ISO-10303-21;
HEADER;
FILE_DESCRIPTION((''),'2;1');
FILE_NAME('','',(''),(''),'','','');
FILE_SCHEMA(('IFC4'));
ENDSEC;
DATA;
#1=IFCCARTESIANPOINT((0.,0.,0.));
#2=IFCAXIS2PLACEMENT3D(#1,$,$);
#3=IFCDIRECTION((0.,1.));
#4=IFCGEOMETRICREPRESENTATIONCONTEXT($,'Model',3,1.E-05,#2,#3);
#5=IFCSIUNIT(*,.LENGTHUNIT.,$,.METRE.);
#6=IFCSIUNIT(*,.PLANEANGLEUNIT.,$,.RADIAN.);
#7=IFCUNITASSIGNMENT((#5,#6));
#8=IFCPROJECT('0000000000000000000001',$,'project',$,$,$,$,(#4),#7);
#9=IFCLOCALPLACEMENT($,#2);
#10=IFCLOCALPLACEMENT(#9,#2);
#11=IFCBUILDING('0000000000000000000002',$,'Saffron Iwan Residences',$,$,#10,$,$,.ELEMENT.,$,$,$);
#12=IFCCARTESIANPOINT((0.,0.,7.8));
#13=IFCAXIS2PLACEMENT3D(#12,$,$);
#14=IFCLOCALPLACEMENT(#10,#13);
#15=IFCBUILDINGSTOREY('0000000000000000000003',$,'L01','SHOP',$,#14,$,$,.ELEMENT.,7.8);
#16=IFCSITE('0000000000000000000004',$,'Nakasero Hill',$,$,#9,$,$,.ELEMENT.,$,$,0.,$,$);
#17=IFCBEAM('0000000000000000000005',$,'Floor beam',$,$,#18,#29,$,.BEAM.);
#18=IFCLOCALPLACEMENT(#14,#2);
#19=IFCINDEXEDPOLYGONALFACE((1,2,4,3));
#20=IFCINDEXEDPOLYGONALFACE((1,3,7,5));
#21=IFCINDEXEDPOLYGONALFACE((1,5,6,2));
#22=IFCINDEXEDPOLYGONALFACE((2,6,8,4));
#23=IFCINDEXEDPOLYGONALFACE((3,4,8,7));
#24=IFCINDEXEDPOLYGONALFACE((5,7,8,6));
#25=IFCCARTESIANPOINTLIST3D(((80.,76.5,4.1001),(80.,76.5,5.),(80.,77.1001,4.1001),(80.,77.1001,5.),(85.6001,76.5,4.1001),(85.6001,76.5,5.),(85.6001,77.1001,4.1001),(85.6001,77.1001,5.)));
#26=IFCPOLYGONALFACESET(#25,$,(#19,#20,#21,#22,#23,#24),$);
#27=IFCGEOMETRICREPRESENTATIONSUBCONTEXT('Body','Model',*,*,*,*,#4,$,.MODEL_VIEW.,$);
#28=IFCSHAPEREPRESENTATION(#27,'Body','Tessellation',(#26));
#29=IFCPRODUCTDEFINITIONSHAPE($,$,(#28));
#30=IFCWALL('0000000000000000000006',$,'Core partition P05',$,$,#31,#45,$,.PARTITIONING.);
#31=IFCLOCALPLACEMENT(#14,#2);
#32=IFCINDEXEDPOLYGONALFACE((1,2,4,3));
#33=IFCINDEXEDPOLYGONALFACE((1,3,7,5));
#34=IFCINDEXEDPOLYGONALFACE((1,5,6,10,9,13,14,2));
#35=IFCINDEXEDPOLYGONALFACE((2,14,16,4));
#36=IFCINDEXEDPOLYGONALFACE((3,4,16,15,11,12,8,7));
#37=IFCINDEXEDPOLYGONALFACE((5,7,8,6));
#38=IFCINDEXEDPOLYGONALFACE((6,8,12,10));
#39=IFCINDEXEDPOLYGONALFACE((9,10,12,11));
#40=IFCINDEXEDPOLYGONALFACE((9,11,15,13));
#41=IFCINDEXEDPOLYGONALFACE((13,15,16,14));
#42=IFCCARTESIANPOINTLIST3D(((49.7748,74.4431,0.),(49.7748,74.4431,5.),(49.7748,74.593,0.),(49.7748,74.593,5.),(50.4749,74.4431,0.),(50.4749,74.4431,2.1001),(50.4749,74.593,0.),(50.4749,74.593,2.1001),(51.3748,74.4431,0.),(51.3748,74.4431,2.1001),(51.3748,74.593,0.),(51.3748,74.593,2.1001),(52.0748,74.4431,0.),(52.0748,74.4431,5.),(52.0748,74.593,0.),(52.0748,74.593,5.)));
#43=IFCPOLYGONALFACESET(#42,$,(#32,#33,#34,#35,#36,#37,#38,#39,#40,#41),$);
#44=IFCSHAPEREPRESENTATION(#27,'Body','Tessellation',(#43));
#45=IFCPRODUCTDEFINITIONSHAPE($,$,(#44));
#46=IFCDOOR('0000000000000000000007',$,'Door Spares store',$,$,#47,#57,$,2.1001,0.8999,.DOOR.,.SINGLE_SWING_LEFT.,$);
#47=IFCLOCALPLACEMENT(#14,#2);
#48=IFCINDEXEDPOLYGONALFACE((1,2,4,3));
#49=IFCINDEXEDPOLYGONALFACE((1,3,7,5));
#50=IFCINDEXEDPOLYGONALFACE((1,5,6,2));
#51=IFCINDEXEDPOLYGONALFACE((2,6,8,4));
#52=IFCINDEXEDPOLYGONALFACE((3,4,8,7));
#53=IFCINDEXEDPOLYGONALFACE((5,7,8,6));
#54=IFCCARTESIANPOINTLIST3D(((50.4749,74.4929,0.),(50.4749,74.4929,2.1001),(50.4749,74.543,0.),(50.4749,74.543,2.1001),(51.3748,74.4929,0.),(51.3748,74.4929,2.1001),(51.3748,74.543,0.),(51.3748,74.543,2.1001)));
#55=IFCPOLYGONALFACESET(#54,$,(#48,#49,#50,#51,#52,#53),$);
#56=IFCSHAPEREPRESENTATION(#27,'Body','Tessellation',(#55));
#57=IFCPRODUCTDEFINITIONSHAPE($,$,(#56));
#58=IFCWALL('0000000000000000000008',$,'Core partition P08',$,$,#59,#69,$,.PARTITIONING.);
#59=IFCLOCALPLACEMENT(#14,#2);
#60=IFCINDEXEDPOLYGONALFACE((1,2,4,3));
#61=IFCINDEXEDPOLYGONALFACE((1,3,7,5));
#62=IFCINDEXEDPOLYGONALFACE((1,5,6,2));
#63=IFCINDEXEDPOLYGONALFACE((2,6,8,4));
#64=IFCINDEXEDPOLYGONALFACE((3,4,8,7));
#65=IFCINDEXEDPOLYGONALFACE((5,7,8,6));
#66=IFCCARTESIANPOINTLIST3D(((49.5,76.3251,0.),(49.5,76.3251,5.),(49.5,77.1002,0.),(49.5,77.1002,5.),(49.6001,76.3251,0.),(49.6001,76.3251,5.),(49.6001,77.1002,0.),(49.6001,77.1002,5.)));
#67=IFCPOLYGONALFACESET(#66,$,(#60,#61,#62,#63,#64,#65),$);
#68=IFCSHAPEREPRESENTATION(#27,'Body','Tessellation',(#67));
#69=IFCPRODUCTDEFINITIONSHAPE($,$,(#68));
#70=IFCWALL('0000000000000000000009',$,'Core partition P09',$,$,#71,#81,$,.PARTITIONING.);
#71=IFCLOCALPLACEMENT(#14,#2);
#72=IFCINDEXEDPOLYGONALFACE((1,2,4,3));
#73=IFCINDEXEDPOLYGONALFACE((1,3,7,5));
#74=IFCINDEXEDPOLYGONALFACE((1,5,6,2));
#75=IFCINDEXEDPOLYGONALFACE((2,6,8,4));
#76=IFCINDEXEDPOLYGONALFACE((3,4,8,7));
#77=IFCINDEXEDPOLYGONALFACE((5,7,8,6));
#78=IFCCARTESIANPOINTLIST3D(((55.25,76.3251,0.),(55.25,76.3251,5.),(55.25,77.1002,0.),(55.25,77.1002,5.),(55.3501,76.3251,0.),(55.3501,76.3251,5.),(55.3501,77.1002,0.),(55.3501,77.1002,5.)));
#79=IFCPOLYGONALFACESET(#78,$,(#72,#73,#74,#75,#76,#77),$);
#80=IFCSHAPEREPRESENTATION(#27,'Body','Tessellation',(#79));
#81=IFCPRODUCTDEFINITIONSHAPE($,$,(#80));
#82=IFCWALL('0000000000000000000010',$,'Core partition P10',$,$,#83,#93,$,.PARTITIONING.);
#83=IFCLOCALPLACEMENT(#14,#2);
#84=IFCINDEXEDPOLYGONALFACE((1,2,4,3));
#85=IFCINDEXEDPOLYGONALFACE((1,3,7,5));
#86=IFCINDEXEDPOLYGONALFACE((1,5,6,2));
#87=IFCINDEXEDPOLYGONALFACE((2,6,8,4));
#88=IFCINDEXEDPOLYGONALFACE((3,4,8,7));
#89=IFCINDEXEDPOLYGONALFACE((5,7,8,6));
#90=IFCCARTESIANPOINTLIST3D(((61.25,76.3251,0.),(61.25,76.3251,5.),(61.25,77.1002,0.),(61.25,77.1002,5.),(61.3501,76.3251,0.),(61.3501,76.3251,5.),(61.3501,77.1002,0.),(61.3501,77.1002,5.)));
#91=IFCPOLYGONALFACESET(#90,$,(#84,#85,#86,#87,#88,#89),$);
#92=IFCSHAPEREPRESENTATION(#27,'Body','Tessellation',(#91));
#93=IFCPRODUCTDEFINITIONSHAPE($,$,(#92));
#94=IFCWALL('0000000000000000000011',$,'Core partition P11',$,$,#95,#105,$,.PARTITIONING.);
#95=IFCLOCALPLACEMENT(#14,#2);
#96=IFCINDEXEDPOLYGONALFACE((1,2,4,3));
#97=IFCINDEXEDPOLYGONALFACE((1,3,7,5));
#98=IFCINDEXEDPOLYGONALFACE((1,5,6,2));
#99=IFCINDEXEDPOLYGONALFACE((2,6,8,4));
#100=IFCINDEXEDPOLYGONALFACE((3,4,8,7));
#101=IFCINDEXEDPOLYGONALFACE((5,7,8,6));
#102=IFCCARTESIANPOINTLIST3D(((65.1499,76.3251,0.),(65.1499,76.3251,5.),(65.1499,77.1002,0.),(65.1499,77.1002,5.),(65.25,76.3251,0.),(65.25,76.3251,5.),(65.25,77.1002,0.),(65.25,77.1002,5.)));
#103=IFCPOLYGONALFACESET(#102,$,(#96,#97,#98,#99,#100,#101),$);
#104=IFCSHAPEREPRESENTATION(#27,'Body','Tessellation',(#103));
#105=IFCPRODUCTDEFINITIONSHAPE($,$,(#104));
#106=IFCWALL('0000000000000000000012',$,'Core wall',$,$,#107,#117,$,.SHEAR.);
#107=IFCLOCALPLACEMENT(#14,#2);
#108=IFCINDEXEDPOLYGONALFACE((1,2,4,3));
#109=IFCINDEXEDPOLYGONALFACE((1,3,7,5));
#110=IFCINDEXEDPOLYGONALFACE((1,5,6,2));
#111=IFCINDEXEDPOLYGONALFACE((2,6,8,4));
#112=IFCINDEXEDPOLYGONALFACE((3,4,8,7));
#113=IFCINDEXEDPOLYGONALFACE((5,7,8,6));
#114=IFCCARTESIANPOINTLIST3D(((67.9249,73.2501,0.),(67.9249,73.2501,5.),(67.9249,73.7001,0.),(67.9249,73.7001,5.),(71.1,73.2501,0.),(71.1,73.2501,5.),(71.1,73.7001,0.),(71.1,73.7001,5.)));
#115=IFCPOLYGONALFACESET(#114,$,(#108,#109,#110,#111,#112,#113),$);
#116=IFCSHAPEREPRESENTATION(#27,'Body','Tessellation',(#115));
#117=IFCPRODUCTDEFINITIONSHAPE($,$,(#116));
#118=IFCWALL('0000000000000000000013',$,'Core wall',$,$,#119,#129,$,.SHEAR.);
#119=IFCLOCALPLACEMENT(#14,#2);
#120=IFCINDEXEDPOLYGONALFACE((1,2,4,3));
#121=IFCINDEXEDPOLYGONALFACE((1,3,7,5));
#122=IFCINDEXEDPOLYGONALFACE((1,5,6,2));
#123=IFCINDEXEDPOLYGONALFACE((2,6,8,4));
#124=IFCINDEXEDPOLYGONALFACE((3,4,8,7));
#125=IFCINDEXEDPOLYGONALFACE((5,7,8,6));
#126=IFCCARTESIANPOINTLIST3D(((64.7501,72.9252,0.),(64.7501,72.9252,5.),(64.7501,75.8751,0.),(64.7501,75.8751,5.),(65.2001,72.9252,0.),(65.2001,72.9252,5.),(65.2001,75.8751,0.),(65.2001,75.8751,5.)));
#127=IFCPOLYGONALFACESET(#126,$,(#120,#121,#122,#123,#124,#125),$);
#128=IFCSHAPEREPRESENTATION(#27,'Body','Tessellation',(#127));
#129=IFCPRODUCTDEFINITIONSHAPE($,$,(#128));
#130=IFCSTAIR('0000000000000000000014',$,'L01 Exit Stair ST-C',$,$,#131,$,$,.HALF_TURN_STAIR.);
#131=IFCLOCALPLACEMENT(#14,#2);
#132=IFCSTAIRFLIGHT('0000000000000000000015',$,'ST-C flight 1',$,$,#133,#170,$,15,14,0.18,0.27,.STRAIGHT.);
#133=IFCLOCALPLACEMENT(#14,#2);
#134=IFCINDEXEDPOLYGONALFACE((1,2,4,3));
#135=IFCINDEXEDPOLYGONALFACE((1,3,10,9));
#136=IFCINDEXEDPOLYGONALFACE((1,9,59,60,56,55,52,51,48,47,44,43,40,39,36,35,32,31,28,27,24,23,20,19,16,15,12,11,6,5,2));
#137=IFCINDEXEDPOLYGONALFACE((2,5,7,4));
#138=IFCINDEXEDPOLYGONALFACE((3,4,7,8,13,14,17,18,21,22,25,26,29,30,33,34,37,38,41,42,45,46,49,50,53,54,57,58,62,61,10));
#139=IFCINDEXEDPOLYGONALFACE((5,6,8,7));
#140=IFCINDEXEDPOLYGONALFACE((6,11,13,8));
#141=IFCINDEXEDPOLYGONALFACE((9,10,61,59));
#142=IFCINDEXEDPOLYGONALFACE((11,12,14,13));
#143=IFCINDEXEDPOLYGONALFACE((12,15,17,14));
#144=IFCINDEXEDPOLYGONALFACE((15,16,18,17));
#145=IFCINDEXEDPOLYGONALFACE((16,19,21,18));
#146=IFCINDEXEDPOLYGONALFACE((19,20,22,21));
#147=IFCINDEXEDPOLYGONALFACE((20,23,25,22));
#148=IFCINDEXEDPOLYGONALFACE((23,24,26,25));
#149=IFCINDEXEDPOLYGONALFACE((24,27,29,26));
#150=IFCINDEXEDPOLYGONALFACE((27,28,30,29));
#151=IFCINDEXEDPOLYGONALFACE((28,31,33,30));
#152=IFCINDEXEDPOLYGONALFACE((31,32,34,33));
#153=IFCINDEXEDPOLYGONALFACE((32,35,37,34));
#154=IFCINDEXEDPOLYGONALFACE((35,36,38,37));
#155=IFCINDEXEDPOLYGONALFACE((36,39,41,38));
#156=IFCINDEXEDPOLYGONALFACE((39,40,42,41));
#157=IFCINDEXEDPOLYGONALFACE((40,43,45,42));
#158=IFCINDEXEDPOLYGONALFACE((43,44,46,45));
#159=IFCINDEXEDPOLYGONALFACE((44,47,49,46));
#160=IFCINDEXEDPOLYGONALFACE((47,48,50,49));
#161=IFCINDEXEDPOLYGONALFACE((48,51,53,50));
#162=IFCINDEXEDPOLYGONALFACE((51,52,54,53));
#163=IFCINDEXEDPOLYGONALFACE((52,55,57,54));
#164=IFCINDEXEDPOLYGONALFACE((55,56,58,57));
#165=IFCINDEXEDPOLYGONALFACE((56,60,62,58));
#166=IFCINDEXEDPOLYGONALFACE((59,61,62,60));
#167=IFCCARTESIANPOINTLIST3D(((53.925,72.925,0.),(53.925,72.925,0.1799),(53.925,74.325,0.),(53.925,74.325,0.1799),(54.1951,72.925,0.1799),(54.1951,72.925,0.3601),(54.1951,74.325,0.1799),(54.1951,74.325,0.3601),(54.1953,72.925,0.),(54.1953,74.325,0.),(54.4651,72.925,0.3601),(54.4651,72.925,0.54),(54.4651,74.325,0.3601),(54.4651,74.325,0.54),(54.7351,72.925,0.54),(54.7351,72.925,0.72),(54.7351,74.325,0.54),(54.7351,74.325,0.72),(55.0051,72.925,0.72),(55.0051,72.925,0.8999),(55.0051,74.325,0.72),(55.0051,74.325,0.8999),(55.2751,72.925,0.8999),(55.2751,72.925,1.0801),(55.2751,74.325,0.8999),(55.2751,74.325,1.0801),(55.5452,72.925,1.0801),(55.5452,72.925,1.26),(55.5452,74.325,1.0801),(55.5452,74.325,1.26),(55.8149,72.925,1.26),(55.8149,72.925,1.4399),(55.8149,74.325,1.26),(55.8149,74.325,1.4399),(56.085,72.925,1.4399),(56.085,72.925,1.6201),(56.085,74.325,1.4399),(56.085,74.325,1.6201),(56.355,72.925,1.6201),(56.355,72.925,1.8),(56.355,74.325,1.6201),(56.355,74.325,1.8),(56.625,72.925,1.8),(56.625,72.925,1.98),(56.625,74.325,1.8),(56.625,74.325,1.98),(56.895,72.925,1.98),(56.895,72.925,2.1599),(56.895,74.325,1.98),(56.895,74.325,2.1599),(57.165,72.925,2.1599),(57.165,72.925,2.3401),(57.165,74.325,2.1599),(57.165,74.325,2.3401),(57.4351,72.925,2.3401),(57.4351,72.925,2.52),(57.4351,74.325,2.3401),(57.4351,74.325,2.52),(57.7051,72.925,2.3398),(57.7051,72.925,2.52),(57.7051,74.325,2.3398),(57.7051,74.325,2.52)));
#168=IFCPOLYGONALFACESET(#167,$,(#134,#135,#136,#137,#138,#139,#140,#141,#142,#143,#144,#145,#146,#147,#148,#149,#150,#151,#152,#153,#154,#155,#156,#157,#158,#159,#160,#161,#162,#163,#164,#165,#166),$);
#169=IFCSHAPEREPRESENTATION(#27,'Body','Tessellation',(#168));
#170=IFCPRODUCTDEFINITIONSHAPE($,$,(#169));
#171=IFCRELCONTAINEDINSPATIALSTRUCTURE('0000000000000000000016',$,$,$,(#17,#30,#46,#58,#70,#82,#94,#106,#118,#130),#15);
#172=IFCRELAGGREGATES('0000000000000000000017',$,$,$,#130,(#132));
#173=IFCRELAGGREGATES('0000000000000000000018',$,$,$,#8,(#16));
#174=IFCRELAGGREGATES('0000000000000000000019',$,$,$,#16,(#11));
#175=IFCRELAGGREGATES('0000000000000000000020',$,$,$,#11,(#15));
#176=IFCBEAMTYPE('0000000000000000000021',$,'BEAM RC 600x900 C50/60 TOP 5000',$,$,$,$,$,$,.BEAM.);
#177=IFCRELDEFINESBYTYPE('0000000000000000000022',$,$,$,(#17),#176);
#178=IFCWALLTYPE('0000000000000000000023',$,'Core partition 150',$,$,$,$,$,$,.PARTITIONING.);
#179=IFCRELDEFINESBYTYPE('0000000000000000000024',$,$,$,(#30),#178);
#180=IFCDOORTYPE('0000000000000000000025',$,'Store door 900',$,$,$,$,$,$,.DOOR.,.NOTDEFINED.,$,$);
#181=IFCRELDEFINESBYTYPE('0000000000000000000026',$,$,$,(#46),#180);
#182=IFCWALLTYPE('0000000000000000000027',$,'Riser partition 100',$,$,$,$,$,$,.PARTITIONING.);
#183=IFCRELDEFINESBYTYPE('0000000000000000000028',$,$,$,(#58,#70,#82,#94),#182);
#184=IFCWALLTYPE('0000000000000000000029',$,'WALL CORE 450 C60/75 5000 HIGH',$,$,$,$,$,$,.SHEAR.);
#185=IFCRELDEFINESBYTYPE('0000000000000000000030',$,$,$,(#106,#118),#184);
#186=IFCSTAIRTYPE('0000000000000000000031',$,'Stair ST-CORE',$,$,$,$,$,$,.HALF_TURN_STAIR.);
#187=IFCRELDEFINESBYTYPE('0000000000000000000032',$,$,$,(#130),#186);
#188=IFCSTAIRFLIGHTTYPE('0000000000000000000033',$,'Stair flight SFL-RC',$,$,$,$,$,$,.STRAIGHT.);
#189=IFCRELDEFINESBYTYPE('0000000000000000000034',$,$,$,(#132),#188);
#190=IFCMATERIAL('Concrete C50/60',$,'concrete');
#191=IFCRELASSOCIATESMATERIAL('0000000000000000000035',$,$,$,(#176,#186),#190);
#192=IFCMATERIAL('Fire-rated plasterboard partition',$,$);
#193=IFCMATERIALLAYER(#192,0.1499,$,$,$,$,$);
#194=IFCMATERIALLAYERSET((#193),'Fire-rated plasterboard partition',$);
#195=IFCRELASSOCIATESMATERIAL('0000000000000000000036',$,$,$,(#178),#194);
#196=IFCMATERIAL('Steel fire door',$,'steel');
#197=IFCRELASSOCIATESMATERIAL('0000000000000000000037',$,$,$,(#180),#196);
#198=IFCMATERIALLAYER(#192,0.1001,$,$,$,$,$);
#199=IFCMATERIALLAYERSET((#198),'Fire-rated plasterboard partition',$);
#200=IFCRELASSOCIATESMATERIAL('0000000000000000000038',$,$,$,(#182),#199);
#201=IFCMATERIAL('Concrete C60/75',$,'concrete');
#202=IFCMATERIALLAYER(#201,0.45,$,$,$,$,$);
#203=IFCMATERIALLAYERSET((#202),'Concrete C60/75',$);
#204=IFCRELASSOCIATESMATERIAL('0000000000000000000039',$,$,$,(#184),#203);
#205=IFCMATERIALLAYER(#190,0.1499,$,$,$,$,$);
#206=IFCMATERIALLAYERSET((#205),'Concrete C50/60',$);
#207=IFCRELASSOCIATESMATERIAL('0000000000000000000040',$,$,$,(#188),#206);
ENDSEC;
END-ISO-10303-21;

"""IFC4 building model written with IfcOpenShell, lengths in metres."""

from ifc_helpers import new_model, si_unit, direction, frame, frame_2d, origin, origin_2d, place, context, subcontext, project, spatial, polyline, rectangle, outline, extrude, source, transform, mapped, material, layer, layer_set, material_profile, profile_set, type_object, element, fill, aggregate, save


model = new_model("IFC4")

# Units and contexts
model_context = context("Model", 3, precision=1e-05, world=origin(), true_north=direction((0.0, 1.0)))
body_context = subcontext(model_context, "Body", "Model", "MODEL_VIEW")
ifc_project = project(units=[si_unit("LENGTHUNIT", "METRE"), si_unit("PLANEANGLEUNIT", "RADIAN")], contexts=[model_context])

# Site, building, storey
site_placement = place(None, origin())
site = spatial("IfcSite", under=ifc_project, at=site_placement, Name="Nakasero Hill", CompositionType="ELEMENT", RefElevation=0.0)
building_placement = place(site_placement, origin())
building = spatial("IfcBuilding", under=site, at=building_placement, Name="Saffron Iwan Residences", CompositionType="ELEMENT")
storey_placement = place(building_placement, frame((0.0, 0.0, 7.8)))
storey = spatial("IfcBuildingStorey", under=building, at=storey_placement, Name="L01", Description="SHOP", CompositionType="ELEMENT", Elevation=7.8)

# Shared definitions
ifc_material_1 = material(Name="Concrete C50/60", Category="concrete")

# Beam
ifc_material_profile_1 = material_profile(ifc_material_1, rectangle(XDim=0.6001, YDim=0.8999, at=origin_2d()), Name="RC 600x900")
ifc_profile_set_1 = profile_set([ifc_material_profile_1], Name="Concrete C50/60")
beam_type_1 = type_object("IfcBeamType", Name="BEAM RC 600x900 C50/60 TOP 5000", PredefinedType="BEAM", material=ifc_profile_set_1)
shared_shape_1 = source(origin(), body_context, "Body", "SweptSolid", [
    extrude(rectangle(XDim=0.6001, YDim=0.8999, at=origin_2d()), origin(), (0.0, 0.0, 1.0), 5.6001),
])
beam_placement = place(storey_placement, frame((80.0, 76.8, 4.55), z_axis=(1.0, 0.0, 0.0), x_axis=(0.0, 1.0, 0.0)))
element("IfcBeam", 1, at=beam_placement, inside=storey, type_object=beam_type_1, Name="Floor beam", PredefinedType="BEAM", context=body_context, shape_type="MappedRepresentation", body=[
    mapped(shared_shape_1, transform((0.0, 0.0, 0.0))),
])

# Wall, opening, door
ifc_material_2 = material(Name="Fire-rated plasterboard partition")
ifc_layer_1 = layer(ifc_material_2, 0.1499)
ifc_layer_set_1 = layer_set([ifc_layer_1], Name="Fire-rated plasterboard partition")
wall_type_1 = type_object("IfcWallType", Name="Core partition 150", PredefinedType="PARTITIONING", material=ifc_layer_set_1)
wall_1_placement = place(storey_placement, frame((49.7749, 74.5181, 0.0), z_axis=(0.0, 0.0, 1.0), x_axis=(1.0, 0.0, 0.0)))
wall_1 = element("IfcWall", 2, at=wall_1_placement, inside=storey, type_object=wall_type_1, Name="Core partition P05", PredefinedType="PARTITIONING", context=body_context, shape_type="SweptSolid", body=[
    extrude(rectangle(XDim=2.3, YDim=0.1499, at=frame_2d((1.1499, 0.0))), origin(), (0.0, 0.0, 1.0), 5.0),
])
opening_placement = place(wall_1_placement, frame((0.7, 0.0, 0.0)))
opening = element("IfcOpeningElement", 3, at=opening_placement, cuts=wall_1, PredefinedType="OPENING", context=body_context, shape_type="SweptSolid", body=[
    extrude(rectangle(XDim=0.8999, YDim=2.1001, at=frame_2d((0.45, 1.05))), frame((0.0, 0.085, 0.0), z_axis=(0.0, -1.0, 0.0), x_axis=(1.0, 0.0, 0.0)), (0.0, 0.0, 1.0), 0.1699),
])
ifc_material_3 = material(Name="Steel fire door", Category="steel")
door_type = type_object("IfcDoorType", Name="Store door 900", OperationType="NOTDEFINED", PredefinedType="DOOR", material=ifc_material_3)
door_placement = place(opening_placement, origin())
door = element("IfcDoor", 4, at=door_placement, inside=storey, type_object=door_type, Name="Door Spares store", OperationType="SINGLE_SWING_LEFT", OverallHeight=2.1001, OverallWidth=0.8999, PredefinedType="DOOR", context=body_context, shape_type="SweptSolid", body=[
    extrude(rectangle(XDim=0.8999, YDim=2.1001, at=frame_2d((0.45, 1.05))), frame((0.0, 0.0249, 0.0), z_axis=(0.0, -1.0, 0.0), x_axis=(1.0, 0.0, 0.0)), (0.0, 0.0, 1.0), 0.05),
])
fill(opening, door)

# Walls
ifc_layer_2 = layer(ifc_material_2, 0.1001)
ifc_layer_set_2 = layer_set([ifc_layer_2], Name="Fire-rated plasterboard partition")
wall_type_2 = type_object("IfcWallType", Name="Riser partition 100", PredefinedType="PARTITIONING", material=ifc_layer_set_2)
for number, where, z_axis, x_axis, name in (
    (5, (49.55, 76.325, 0.0), (0.0, 0.0, 1.0), (0.0, 1.0, 0.0), "Core partition P08"),
    (6, (55.3, 76.325, 0.0), (0.0, 0.0, 1.0), (0.0, 1.0, 0.0), "Core partition P09"),
    (7, (61.3, 76.325, 0.0), (0.0, 0.0, 1.0), (0.0, 1.0, 0.0), "Core partition P10"),
    (8, (65.2, 76.325, 0.0), (0.0, 0.0, 1.0), (0.0, 1.0, 0.0), "Core partition P11"),
):
    element("IfcWall", number, at=place(storey_placement, frame(where, z_axis=z_axis, x_axis=x_axis)), inside=storey, type_object=wall_type_2, Name=name, PredefinedType="PARTITIONING", context=body_context, shape_type="SweptSolid", body=[
        extrude(rectangle(XDim=0.7751, YDim=0.1001, at=frame_2d((0.3877, 0.0))), origin(), (0.0, 0.0, 1.0), 5.0),
    ])
ifc_material_4 = material(Name="Concrete C60/75", Category="concrete")
ifc_layer_3 = layer(ifc_material_4, 0.45)
ifc_layer_set_3 = layer_set([ifc_layer_3], Name="Concrete C60/75")
wall_type_3 = type_object("IfcWallType", Name="WALL CORE 450 C60/75 5000 HIGH", PredefinedType="SHEAR", material=ifc_layer_set_3)
wall_2_placement = place(storey_placement, frame((67.925, 73.4751, 0.0), z_axis=(0.0, 0.0, 1.0), x_axis=(1.0, 0.0, 0.0)))
element("IfcWall", 9, at=wall_2_placement, inside=storey, type_object=wall_type_3, Name="Core wall", PredefinedType="SHEAR", context=body_context, shape_type="SweptSolid", body=[
    extrude(rectangle(XDim=3.175, YDim=0.45, at=frame_2d((1.5874, 0.0))), origin(), (0.0, 0.0, 1.0), 5.0),
])
wall_3_placement = place(storey_placement, frame((64.9751, 72.925, 0.0), z_axis=(0.0, 0.0, 1.0), x_axis=(0.0, 1.0, 0.0)))
element("IfcWall", 10, at=wall_3_placement, inside=storey, type_object=wall_type_3, Name="Core wall", PredefinedType="SHEAR", context=body_context, shape_type="SweptSolid", body=[
    extrude(rectangle(XDim=2.95, YDim=0.45, at=frame_2d((1.4751, 0.0))), origin(), (0.0, 0.0, 1.0), 5.0),
])

# Stair, stair flight
stair_type = type_object("IfcStairType", Name="Stair ST-CORE", PredefinedType="HALF_TURN_STAIR", material=ifc_material_1)
stair_placement = place(storey_placement, origin())
stair = element("IfcStair", 11, at=stair_placement, inside=storey, type_object=stair_type, Name="L01 Exit Stair ST-C", PredefinedType="HALF_TURN_STAIR")
ifc_layer_4 = layer(ifc_material_1, 0.1499)
ifc_layer_set_4 = layer_set([ifc_layer_4], Name="Concrete C50/60")
stair_flight_type = type_object("IfcStairFlightType", Name="Stair flight SFL-RC", PredefinedType="STRAIGHT", material=ifc_layer_set_4)
stair_flight_1_placement = place(storey_placement, frame((53.925, 73.625, 0.0), z_axis=(0.0, 0.0, 1.0), x_axis=(1.0, 0.0, 0.0)))
stair_flight_1 = element("IfcStairFlight", 12, at=stair_flight_1_placement, type_object=stair_flight_type, Name="ST-C flight 1", NumberOfRisers=15, NumberOfTreads=14, PredefinedType="STRAIGHT", RiserHeight=0.18, TreadLength=0.27, context=body_context, shape_type="SweptSolid", body=[
    extrude(outline(polyline([(0.0, 0.0), (0.0, 0.1799), (0.27, 0.1799), (0.27, 0.3601), (0.54, 0.3601), (0.54, 0.54), (0.8101, 0.54), (0.8101, 0.72), (1.0801, 0.72), (1.0801, 0.8999), (1.3501, 0.8999), (1.3501, 1.0801), (1.6201, 1.0801), (1.6201, 1.26), (1.8899, 1.26), (1.8899, 1.4399), (2.1599, 1.4399), (2.1599, 1.6201), (2.4299, 1.6201), (2.4299, 1.8), (2.7, 1.8), (2.7, 1.98), (2.97, 1.98), (2.97, 2.1599), (3.24, 2.1599), (3.24, 2.3401), (3.51, 2.3401), (3.51, 2.52), (3.78, 2.52), (3.78, 2.7), (3.78, 2.3398), (0.2703, 0.0), (0.0, 0.0)])), frame((0.0, 0.7, 0.0), z_axis=(0.0, -1.0, 0.0), x_axis=(1.0, 0.0, 0.0)), (0.0, 0.0, 1.0), 1.3999),
])
aggregate(stair, [stair_flight_1])

save(model, "model.ifc")
